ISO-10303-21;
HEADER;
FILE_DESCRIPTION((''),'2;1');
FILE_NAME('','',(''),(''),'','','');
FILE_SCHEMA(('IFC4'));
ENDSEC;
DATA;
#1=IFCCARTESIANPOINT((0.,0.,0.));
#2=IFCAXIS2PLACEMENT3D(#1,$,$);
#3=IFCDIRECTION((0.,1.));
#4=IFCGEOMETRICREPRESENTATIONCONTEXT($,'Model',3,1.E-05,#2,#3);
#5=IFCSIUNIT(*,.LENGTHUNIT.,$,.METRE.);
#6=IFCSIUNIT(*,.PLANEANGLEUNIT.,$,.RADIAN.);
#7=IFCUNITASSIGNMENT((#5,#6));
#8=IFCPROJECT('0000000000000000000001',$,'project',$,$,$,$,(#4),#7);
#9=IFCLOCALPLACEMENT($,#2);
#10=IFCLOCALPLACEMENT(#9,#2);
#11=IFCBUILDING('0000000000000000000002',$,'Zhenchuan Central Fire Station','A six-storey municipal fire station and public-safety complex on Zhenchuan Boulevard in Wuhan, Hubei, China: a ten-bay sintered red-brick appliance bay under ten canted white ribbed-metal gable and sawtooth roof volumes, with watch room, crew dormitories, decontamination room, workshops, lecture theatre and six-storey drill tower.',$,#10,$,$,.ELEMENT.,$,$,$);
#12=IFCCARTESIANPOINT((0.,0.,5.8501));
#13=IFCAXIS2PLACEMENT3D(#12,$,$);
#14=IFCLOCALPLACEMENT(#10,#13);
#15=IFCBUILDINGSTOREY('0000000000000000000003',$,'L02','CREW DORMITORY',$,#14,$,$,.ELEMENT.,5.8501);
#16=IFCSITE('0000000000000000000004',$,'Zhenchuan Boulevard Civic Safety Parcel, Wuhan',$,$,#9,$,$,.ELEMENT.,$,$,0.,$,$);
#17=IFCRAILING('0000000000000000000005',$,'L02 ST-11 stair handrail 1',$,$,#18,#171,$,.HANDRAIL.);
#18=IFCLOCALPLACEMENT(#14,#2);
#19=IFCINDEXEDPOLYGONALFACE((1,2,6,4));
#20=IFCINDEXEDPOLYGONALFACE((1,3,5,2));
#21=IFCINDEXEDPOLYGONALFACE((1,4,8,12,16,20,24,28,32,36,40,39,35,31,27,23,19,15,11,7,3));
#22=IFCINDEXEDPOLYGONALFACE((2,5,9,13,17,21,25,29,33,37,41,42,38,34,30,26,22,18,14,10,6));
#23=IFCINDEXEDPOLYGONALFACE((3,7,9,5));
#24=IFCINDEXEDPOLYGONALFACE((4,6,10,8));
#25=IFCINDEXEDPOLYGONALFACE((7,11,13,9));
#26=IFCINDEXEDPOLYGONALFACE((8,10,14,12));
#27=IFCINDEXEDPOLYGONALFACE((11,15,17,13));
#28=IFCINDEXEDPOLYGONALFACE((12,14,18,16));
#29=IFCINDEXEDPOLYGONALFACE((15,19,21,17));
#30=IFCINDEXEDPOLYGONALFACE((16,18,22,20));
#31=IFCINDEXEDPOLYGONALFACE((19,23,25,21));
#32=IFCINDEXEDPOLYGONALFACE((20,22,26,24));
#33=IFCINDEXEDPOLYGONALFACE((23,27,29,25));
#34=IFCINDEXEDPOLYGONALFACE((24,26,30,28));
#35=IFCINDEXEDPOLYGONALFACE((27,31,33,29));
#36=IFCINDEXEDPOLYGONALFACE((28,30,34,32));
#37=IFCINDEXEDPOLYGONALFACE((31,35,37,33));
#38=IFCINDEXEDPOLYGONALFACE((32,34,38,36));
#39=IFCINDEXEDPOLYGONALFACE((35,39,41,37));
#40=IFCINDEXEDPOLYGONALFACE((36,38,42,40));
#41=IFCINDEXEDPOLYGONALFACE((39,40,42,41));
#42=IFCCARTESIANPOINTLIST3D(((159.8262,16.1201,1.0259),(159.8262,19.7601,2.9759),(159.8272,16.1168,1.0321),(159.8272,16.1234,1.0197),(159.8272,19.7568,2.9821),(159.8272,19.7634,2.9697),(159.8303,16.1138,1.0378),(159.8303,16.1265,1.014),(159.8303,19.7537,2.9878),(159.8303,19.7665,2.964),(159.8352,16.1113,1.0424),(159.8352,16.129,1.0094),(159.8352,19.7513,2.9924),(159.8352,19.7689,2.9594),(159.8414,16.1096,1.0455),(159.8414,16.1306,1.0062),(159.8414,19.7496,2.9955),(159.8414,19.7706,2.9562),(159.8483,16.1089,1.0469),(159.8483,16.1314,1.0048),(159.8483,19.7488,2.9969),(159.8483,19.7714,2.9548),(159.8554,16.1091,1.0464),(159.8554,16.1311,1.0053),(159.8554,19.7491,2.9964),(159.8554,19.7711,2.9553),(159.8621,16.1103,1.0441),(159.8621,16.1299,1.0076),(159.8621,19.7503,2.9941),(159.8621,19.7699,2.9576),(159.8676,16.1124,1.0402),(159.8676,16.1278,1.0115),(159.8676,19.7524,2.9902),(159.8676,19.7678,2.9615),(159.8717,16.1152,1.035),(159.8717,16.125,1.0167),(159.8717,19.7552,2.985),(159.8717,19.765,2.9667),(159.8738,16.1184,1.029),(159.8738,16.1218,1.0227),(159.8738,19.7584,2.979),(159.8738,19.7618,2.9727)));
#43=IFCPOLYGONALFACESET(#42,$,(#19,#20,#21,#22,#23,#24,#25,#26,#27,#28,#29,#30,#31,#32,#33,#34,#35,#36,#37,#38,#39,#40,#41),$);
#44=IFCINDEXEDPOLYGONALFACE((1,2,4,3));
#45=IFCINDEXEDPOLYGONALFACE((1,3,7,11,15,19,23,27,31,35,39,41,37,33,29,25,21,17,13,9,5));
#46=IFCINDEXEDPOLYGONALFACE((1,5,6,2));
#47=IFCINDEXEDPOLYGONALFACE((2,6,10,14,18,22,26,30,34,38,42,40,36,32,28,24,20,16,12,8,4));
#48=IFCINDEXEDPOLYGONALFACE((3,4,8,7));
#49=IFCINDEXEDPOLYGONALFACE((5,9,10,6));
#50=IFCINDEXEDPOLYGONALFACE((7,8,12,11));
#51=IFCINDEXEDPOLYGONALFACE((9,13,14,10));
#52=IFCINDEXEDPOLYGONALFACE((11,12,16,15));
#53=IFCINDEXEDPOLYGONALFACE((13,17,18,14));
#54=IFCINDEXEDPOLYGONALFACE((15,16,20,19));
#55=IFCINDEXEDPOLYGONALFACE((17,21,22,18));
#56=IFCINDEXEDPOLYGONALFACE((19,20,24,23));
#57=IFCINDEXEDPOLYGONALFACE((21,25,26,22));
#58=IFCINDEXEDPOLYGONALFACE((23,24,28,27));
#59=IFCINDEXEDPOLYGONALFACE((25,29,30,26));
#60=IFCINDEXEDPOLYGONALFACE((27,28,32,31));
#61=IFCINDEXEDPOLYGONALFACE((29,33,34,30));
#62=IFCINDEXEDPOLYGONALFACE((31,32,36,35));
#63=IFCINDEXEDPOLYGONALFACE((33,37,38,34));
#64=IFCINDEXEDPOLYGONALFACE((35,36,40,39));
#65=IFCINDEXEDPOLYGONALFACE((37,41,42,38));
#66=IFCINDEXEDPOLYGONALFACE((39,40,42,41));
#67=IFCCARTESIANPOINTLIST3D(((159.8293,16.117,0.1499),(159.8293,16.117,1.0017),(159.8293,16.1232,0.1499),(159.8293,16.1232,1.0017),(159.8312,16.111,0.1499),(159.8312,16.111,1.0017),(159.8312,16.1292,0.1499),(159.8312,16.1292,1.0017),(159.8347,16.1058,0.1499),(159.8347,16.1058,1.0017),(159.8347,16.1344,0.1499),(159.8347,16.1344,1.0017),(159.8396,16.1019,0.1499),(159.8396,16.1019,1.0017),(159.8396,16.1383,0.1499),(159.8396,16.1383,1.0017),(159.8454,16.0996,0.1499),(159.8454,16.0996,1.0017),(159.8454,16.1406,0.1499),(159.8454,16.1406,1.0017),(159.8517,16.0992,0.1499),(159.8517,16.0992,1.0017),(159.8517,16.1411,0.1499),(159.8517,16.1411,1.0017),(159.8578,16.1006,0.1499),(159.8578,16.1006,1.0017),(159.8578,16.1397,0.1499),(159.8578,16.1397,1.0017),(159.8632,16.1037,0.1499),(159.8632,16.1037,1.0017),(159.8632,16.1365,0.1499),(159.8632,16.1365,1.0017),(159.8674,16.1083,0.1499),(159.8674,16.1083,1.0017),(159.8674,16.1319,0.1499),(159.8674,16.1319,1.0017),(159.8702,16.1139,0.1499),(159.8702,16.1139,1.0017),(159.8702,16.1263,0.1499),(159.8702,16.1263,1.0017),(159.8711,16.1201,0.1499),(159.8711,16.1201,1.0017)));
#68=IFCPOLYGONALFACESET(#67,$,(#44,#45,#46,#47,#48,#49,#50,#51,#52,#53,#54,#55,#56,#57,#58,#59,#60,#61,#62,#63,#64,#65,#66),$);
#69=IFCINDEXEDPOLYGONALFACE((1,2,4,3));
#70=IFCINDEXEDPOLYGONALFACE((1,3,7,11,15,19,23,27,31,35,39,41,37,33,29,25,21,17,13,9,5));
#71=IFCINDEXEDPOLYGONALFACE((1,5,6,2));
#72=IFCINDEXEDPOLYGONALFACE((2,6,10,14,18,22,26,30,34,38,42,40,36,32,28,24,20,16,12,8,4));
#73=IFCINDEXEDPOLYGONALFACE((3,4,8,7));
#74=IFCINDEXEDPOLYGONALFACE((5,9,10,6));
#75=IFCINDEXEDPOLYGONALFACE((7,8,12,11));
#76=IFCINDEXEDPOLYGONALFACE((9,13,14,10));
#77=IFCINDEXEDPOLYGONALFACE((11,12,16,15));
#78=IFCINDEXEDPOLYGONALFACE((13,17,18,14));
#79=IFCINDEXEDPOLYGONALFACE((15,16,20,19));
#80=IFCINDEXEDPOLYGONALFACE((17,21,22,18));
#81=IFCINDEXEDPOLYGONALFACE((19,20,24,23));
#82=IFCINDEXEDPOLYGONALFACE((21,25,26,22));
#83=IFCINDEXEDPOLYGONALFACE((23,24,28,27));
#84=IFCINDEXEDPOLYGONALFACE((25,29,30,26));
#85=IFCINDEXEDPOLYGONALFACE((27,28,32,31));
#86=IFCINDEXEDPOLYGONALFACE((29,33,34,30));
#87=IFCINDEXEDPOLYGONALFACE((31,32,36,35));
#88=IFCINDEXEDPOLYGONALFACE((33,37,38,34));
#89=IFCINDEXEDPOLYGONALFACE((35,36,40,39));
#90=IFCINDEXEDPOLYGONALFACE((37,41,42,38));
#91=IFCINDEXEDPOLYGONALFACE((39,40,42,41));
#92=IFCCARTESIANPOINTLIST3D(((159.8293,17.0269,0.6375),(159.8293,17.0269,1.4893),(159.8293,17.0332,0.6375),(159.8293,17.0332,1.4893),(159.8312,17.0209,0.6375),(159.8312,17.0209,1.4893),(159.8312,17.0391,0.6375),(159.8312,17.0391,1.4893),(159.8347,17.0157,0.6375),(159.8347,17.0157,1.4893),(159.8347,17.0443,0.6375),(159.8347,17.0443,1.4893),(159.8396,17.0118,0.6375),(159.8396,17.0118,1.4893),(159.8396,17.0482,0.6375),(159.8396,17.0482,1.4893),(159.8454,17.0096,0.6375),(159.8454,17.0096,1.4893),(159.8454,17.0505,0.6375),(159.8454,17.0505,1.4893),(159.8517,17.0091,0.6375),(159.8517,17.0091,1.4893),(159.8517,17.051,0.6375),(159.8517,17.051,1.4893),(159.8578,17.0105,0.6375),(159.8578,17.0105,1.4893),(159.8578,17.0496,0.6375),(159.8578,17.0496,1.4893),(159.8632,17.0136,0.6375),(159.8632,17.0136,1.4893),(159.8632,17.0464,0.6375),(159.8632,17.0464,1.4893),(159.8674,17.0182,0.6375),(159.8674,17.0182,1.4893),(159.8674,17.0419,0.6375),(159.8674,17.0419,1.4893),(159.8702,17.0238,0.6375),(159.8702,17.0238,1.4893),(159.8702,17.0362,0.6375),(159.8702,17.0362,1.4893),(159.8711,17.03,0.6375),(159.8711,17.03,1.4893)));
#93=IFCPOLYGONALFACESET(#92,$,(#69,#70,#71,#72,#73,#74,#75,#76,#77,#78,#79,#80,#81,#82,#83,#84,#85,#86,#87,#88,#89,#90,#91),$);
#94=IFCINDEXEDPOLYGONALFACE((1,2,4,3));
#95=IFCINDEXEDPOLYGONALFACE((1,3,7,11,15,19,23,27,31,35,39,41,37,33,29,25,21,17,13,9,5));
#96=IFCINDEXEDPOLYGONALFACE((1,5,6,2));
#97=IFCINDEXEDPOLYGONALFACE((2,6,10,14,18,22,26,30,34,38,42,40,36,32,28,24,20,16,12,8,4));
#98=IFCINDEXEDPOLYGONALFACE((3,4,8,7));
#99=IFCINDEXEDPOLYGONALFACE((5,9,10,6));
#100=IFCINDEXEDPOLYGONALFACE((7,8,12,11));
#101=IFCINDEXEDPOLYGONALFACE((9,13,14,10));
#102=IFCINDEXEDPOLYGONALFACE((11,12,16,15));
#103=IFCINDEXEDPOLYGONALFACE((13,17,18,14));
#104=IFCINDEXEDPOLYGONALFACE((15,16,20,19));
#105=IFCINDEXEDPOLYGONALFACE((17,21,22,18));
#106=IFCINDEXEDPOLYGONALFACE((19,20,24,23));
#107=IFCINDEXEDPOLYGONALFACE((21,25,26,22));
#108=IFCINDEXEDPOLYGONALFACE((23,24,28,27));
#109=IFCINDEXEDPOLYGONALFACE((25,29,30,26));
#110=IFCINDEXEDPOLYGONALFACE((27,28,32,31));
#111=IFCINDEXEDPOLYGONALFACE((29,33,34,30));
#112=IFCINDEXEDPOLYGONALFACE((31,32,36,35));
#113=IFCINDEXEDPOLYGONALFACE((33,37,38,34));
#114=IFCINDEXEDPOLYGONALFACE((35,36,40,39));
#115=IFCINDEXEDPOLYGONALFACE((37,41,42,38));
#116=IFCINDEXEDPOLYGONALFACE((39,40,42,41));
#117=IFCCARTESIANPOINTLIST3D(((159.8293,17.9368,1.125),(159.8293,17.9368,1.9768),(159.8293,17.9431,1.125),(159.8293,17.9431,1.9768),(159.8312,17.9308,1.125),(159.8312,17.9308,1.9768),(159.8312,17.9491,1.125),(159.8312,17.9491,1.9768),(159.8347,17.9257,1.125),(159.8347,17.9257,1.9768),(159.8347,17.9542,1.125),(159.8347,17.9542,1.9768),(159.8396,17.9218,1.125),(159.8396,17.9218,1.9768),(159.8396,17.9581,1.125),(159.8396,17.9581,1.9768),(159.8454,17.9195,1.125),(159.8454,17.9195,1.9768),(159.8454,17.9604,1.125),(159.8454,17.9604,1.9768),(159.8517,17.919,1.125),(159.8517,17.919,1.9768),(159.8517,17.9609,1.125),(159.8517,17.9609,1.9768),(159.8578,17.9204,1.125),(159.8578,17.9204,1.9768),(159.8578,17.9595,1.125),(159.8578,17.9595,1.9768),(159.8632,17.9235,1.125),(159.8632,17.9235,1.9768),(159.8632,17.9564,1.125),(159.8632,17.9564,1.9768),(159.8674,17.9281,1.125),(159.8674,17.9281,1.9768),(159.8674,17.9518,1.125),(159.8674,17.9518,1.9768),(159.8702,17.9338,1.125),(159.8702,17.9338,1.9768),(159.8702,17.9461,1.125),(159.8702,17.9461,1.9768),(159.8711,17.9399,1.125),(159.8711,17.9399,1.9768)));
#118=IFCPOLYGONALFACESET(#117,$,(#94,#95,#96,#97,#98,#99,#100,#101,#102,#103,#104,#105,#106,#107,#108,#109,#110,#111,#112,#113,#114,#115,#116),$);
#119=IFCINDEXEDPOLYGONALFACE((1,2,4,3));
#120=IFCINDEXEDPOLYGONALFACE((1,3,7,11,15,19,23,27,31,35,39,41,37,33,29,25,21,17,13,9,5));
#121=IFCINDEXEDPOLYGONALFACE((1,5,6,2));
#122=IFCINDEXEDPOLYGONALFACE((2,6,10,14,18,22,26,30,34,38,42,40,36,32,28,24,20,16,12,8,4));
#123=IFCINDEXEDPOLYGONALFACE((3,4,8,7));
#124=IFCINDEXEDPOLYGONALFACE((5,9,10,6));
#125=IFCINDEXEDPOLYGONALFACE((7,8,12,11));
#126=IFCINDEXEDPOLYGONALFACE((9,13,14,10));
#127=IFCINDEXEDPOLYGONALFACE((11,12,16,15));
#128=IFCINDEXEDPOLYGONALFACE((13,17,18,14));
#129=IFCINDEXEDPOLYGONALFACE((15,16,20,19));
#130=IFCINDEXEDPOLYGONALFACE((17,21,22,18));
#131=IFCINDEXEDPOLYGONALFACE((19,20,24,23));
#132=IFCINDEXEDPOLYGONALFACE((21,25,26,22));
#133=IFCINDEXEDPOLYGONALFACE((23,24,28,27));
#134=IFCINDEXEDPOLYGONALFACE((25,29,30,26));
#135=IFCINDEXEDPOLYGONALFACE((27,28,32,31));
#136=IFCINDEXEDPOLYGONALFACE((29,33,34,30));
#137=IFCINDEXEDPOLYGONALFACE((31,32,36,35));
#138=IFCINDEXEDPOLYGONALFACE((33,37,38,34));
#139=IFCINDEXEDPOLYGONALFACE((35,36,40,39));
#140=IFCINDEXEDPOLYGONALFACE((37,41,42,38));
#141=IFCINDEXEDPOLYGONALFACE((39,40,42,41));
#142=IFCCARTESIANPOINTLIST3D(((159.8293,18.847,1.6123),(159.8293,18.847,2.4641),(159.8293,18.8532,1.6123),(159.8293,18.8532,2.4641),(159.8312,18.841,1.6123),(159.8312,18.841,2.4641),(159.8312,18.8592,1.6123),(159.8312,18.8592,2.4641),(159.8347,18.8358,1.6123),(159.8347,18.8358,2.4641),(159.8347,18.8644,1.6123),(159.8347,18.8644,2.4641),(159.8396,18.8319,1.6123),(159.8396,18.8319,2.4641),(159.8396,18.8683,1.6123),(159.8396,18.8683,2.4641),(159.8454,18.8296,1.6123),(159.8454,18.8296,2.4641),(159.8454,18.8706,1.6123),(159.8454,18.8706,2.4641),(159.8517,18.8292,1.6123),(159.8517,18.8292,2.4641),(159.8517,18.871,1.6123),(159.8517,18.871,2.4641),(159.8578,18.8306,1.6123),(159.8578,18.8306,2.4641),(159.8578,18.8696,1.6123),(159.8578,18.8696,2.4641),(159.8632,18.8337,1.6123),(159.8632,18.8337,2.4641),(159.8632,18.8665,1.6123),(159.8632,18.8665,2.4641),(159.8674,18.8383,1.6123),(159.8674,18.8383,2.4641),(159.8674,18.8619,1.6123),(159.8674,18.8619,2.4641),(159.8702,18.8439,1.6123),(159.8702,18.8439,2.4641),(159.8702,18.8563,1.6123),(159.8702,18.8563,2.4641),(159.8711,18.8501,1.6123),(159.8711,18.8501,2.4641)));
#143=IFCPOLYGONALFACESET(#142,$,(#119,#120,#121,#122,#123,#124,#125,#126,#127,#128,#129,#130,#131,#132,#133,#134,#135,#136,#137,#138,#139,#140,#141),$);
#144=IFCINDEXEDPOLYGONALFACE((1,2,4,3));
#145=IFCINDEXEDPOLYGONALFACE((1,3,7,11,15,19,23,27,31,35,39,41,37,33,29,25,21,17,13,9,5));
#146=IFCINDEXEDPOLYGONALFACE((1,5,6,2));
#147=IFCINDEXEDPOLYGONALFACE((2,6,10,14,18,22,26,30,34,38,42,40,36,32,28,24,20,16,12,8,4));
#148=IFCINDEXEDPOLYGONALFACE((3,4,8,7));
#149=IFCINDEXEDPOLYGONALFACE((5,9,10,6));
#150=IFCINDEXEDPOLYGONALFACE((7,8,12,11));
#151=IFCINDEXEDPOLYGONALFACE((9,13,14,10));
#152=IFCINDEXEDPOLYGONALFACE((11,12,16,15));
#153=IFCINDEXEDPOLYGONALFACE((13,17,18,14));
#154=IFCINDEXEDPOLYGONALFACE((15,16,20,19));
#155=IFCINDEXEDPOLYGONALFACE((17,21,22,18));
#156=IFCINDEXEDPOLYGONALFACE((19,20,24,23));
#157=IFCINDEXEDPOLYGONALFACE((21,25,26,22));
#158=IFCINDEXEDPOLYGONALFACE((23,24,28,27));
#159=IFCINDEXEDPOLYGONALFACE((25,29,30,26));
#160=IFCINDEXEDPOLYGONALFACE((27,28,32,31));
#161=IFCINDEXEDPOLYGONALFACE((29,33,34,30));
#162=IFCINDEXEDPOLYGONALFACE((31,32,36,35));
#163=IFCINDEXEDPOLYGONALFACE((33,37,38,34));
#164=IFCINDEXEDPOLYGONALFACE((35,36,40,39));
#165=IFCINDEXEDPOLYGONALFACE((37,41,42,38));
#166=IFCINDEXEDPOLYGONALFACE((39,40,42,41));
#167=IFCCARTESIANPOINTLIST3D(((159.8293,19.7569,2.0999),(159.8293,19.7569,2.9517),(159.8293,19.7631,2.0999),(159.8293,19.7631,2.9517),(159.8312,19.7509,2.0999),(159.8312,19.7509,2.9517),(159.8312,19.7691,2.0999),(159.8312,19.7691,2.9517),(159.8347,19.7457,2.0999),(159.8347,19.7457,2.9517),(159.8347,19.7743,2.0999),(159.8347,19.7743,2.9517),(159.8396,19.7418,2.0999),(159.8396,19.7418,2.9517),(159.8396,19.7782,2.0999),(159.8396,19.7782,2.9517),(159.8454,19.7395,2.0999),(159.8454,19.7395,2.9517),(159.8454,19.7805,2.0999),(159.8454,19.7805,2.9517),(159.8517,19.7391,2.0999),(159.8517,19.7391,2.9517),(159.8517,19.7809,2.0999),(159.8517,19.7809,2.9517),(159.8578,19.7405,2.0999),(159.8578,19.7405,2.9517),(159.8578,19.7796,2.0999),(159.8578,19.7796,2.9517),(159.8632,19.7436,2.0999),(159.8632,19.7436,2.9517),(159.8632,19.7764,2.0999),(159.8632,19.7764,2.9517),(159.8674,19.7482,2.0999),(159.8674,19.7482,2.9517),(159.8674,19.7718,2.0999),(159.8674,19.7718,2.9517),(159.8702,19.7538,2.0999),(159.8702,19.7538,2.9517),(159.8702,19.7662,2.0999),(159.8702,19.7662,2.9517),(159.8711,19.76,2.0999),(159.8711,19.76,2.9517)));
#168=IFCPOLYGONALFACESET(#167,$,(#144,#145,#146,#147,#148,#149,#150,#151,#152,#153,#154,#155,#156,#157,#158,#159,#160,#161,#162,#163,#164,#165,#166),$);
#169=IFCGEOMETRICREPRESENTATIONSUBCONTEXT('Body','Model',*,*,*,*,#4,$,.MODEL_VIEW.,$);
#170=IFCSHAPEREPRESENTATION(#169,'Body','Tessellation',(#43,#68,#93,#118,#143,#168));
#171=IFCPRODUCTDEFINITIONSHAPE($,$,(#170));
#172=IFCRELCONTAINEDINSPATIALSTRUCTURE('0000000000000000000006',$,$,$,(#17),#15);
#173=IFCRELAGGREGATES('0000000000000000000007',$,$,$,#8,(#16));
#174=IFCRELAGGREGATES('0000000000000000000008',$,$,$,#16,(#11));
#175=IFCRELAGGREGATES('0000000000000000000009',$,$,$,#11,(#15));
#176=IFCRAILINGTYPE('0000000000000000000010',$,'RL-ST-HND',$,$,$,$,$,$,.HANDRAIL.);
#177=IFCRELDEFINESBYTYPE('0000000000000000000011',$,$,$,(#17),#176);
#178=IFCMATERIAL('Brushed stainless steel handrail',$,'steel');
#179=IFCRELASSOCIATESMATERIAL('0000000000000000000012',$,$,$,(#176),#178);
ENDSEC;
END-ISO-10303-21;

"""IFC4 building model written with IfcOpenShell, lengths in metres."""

from ifc_helpers import new_model, si_unit, direction, frame, origin, origin_2d, place, context, subcontext, project, spatial, circle, extrude, material, type_object, element, save


model = new_model("IFC4")

# Units and contexts
model_context = context("Model", 3, precision=1e-05, world=origin(), true_north=direction((0.0, 1.0)))
body_context = subcontext(model_context, "Body", "Model", "MODEL_VIEW")
ifc_project = project(units=[si_unit("LENGTHUNIT", "METRE"), si_unit("PLANEANGLEUNIT", "RADIAN")], contexts=[model_context])

# Site, building, storey
site_placement = place(None, origin())
site = spatial("IfcSite", under=ifc_project, at=site_placement, Name="Zhenchuan Boulevard Civic Safety Parcel, Wuhan", CompositionType="ELEMENT", RefElevation=0.0)
building_placement = place(site_placement, origin())
building = spatial("IfcBuilding", under=site, at=building_placement, Name="Zhenchuan Central Fire Station", Description="A six-storey municipal fire station and public-safety complex on Zhenchuan Boulevard in Wuhan, Hubei, China: a ten-bay sintered red-brick appliance bay under ten canted white ribbed-metal gable and sawtooth roof volumes, with watch room, crew dormitories, decontamination room, workshops, lecture theatre and six-storey drill tower.", CompositionType="ELEMENT")
storey_placement = place(building_placement, frame((0.0, 0.0, 5.8501)))
storey = spatial("IfcBuildingStorey", under=building, at=storey_placement, Name="L02", Description="CREW DORMITORY", CompositionType="ELEMENT", Elevation=5.8501)

# Railing
ifc_material_1 = material(Name="Brushed stainless steel handrail", Category="steel")
railing_type_1 = type_object("IfcRailingType", Name="RL-ST-HND", PredefinedType="HANDRAIL", material=ifc_material_1)
railing_1_placement = place(storey_placement, frame((159.8501, 16.1201, 0.1499)))
element("IfcRailing", 1, at=railing_1_placement, inside=storey, type_object=railing_type_1, Name="L02 ST-11 stair handrail 1", PredefinedType="HANDRAIL", context=body_context, shape_type="SweptSolid", body=[
    extrude(circle(Radius=0.0239, at=origin_2d()), frame((0.0, 0.0, 0.876), z_axis=(0.0, 0.881479, 0.472223), x_axis=(-1.0, 0.0, 0.0)), (0.0, 0.0, 1.0), 4.1294),
    extrude(circle(Radius=0.021, at=origin_2d()), origin(), (0.0, 0.0, 1.0), 0.8518),
    extrude(circle(Radius=0.021, at=origin_2d()), frame((0.0, 0.9099, 0.4875)), (0.0, 0.0, 1.0), 0.8518),
    extrude(circle(Radius=0.021, at=origin_2d()), frame((0.0, 1.8198, 0.9751)), (0.0, 0.0, 1.0), 0.8518),
    extrude(circle(Radius=0.021, at=origin_2d()), frame((0.0, 2.73, 1.4624)), (0.0, 0.0, 1.0), 0.8518),
    extrude(circle(Radius=0.021, at=origin_2d()), frame((0.0, 3.6399, 1.95)), (0.0, 0.0, 1.0), 0.8518),
])

save(model, "model.ifc")
